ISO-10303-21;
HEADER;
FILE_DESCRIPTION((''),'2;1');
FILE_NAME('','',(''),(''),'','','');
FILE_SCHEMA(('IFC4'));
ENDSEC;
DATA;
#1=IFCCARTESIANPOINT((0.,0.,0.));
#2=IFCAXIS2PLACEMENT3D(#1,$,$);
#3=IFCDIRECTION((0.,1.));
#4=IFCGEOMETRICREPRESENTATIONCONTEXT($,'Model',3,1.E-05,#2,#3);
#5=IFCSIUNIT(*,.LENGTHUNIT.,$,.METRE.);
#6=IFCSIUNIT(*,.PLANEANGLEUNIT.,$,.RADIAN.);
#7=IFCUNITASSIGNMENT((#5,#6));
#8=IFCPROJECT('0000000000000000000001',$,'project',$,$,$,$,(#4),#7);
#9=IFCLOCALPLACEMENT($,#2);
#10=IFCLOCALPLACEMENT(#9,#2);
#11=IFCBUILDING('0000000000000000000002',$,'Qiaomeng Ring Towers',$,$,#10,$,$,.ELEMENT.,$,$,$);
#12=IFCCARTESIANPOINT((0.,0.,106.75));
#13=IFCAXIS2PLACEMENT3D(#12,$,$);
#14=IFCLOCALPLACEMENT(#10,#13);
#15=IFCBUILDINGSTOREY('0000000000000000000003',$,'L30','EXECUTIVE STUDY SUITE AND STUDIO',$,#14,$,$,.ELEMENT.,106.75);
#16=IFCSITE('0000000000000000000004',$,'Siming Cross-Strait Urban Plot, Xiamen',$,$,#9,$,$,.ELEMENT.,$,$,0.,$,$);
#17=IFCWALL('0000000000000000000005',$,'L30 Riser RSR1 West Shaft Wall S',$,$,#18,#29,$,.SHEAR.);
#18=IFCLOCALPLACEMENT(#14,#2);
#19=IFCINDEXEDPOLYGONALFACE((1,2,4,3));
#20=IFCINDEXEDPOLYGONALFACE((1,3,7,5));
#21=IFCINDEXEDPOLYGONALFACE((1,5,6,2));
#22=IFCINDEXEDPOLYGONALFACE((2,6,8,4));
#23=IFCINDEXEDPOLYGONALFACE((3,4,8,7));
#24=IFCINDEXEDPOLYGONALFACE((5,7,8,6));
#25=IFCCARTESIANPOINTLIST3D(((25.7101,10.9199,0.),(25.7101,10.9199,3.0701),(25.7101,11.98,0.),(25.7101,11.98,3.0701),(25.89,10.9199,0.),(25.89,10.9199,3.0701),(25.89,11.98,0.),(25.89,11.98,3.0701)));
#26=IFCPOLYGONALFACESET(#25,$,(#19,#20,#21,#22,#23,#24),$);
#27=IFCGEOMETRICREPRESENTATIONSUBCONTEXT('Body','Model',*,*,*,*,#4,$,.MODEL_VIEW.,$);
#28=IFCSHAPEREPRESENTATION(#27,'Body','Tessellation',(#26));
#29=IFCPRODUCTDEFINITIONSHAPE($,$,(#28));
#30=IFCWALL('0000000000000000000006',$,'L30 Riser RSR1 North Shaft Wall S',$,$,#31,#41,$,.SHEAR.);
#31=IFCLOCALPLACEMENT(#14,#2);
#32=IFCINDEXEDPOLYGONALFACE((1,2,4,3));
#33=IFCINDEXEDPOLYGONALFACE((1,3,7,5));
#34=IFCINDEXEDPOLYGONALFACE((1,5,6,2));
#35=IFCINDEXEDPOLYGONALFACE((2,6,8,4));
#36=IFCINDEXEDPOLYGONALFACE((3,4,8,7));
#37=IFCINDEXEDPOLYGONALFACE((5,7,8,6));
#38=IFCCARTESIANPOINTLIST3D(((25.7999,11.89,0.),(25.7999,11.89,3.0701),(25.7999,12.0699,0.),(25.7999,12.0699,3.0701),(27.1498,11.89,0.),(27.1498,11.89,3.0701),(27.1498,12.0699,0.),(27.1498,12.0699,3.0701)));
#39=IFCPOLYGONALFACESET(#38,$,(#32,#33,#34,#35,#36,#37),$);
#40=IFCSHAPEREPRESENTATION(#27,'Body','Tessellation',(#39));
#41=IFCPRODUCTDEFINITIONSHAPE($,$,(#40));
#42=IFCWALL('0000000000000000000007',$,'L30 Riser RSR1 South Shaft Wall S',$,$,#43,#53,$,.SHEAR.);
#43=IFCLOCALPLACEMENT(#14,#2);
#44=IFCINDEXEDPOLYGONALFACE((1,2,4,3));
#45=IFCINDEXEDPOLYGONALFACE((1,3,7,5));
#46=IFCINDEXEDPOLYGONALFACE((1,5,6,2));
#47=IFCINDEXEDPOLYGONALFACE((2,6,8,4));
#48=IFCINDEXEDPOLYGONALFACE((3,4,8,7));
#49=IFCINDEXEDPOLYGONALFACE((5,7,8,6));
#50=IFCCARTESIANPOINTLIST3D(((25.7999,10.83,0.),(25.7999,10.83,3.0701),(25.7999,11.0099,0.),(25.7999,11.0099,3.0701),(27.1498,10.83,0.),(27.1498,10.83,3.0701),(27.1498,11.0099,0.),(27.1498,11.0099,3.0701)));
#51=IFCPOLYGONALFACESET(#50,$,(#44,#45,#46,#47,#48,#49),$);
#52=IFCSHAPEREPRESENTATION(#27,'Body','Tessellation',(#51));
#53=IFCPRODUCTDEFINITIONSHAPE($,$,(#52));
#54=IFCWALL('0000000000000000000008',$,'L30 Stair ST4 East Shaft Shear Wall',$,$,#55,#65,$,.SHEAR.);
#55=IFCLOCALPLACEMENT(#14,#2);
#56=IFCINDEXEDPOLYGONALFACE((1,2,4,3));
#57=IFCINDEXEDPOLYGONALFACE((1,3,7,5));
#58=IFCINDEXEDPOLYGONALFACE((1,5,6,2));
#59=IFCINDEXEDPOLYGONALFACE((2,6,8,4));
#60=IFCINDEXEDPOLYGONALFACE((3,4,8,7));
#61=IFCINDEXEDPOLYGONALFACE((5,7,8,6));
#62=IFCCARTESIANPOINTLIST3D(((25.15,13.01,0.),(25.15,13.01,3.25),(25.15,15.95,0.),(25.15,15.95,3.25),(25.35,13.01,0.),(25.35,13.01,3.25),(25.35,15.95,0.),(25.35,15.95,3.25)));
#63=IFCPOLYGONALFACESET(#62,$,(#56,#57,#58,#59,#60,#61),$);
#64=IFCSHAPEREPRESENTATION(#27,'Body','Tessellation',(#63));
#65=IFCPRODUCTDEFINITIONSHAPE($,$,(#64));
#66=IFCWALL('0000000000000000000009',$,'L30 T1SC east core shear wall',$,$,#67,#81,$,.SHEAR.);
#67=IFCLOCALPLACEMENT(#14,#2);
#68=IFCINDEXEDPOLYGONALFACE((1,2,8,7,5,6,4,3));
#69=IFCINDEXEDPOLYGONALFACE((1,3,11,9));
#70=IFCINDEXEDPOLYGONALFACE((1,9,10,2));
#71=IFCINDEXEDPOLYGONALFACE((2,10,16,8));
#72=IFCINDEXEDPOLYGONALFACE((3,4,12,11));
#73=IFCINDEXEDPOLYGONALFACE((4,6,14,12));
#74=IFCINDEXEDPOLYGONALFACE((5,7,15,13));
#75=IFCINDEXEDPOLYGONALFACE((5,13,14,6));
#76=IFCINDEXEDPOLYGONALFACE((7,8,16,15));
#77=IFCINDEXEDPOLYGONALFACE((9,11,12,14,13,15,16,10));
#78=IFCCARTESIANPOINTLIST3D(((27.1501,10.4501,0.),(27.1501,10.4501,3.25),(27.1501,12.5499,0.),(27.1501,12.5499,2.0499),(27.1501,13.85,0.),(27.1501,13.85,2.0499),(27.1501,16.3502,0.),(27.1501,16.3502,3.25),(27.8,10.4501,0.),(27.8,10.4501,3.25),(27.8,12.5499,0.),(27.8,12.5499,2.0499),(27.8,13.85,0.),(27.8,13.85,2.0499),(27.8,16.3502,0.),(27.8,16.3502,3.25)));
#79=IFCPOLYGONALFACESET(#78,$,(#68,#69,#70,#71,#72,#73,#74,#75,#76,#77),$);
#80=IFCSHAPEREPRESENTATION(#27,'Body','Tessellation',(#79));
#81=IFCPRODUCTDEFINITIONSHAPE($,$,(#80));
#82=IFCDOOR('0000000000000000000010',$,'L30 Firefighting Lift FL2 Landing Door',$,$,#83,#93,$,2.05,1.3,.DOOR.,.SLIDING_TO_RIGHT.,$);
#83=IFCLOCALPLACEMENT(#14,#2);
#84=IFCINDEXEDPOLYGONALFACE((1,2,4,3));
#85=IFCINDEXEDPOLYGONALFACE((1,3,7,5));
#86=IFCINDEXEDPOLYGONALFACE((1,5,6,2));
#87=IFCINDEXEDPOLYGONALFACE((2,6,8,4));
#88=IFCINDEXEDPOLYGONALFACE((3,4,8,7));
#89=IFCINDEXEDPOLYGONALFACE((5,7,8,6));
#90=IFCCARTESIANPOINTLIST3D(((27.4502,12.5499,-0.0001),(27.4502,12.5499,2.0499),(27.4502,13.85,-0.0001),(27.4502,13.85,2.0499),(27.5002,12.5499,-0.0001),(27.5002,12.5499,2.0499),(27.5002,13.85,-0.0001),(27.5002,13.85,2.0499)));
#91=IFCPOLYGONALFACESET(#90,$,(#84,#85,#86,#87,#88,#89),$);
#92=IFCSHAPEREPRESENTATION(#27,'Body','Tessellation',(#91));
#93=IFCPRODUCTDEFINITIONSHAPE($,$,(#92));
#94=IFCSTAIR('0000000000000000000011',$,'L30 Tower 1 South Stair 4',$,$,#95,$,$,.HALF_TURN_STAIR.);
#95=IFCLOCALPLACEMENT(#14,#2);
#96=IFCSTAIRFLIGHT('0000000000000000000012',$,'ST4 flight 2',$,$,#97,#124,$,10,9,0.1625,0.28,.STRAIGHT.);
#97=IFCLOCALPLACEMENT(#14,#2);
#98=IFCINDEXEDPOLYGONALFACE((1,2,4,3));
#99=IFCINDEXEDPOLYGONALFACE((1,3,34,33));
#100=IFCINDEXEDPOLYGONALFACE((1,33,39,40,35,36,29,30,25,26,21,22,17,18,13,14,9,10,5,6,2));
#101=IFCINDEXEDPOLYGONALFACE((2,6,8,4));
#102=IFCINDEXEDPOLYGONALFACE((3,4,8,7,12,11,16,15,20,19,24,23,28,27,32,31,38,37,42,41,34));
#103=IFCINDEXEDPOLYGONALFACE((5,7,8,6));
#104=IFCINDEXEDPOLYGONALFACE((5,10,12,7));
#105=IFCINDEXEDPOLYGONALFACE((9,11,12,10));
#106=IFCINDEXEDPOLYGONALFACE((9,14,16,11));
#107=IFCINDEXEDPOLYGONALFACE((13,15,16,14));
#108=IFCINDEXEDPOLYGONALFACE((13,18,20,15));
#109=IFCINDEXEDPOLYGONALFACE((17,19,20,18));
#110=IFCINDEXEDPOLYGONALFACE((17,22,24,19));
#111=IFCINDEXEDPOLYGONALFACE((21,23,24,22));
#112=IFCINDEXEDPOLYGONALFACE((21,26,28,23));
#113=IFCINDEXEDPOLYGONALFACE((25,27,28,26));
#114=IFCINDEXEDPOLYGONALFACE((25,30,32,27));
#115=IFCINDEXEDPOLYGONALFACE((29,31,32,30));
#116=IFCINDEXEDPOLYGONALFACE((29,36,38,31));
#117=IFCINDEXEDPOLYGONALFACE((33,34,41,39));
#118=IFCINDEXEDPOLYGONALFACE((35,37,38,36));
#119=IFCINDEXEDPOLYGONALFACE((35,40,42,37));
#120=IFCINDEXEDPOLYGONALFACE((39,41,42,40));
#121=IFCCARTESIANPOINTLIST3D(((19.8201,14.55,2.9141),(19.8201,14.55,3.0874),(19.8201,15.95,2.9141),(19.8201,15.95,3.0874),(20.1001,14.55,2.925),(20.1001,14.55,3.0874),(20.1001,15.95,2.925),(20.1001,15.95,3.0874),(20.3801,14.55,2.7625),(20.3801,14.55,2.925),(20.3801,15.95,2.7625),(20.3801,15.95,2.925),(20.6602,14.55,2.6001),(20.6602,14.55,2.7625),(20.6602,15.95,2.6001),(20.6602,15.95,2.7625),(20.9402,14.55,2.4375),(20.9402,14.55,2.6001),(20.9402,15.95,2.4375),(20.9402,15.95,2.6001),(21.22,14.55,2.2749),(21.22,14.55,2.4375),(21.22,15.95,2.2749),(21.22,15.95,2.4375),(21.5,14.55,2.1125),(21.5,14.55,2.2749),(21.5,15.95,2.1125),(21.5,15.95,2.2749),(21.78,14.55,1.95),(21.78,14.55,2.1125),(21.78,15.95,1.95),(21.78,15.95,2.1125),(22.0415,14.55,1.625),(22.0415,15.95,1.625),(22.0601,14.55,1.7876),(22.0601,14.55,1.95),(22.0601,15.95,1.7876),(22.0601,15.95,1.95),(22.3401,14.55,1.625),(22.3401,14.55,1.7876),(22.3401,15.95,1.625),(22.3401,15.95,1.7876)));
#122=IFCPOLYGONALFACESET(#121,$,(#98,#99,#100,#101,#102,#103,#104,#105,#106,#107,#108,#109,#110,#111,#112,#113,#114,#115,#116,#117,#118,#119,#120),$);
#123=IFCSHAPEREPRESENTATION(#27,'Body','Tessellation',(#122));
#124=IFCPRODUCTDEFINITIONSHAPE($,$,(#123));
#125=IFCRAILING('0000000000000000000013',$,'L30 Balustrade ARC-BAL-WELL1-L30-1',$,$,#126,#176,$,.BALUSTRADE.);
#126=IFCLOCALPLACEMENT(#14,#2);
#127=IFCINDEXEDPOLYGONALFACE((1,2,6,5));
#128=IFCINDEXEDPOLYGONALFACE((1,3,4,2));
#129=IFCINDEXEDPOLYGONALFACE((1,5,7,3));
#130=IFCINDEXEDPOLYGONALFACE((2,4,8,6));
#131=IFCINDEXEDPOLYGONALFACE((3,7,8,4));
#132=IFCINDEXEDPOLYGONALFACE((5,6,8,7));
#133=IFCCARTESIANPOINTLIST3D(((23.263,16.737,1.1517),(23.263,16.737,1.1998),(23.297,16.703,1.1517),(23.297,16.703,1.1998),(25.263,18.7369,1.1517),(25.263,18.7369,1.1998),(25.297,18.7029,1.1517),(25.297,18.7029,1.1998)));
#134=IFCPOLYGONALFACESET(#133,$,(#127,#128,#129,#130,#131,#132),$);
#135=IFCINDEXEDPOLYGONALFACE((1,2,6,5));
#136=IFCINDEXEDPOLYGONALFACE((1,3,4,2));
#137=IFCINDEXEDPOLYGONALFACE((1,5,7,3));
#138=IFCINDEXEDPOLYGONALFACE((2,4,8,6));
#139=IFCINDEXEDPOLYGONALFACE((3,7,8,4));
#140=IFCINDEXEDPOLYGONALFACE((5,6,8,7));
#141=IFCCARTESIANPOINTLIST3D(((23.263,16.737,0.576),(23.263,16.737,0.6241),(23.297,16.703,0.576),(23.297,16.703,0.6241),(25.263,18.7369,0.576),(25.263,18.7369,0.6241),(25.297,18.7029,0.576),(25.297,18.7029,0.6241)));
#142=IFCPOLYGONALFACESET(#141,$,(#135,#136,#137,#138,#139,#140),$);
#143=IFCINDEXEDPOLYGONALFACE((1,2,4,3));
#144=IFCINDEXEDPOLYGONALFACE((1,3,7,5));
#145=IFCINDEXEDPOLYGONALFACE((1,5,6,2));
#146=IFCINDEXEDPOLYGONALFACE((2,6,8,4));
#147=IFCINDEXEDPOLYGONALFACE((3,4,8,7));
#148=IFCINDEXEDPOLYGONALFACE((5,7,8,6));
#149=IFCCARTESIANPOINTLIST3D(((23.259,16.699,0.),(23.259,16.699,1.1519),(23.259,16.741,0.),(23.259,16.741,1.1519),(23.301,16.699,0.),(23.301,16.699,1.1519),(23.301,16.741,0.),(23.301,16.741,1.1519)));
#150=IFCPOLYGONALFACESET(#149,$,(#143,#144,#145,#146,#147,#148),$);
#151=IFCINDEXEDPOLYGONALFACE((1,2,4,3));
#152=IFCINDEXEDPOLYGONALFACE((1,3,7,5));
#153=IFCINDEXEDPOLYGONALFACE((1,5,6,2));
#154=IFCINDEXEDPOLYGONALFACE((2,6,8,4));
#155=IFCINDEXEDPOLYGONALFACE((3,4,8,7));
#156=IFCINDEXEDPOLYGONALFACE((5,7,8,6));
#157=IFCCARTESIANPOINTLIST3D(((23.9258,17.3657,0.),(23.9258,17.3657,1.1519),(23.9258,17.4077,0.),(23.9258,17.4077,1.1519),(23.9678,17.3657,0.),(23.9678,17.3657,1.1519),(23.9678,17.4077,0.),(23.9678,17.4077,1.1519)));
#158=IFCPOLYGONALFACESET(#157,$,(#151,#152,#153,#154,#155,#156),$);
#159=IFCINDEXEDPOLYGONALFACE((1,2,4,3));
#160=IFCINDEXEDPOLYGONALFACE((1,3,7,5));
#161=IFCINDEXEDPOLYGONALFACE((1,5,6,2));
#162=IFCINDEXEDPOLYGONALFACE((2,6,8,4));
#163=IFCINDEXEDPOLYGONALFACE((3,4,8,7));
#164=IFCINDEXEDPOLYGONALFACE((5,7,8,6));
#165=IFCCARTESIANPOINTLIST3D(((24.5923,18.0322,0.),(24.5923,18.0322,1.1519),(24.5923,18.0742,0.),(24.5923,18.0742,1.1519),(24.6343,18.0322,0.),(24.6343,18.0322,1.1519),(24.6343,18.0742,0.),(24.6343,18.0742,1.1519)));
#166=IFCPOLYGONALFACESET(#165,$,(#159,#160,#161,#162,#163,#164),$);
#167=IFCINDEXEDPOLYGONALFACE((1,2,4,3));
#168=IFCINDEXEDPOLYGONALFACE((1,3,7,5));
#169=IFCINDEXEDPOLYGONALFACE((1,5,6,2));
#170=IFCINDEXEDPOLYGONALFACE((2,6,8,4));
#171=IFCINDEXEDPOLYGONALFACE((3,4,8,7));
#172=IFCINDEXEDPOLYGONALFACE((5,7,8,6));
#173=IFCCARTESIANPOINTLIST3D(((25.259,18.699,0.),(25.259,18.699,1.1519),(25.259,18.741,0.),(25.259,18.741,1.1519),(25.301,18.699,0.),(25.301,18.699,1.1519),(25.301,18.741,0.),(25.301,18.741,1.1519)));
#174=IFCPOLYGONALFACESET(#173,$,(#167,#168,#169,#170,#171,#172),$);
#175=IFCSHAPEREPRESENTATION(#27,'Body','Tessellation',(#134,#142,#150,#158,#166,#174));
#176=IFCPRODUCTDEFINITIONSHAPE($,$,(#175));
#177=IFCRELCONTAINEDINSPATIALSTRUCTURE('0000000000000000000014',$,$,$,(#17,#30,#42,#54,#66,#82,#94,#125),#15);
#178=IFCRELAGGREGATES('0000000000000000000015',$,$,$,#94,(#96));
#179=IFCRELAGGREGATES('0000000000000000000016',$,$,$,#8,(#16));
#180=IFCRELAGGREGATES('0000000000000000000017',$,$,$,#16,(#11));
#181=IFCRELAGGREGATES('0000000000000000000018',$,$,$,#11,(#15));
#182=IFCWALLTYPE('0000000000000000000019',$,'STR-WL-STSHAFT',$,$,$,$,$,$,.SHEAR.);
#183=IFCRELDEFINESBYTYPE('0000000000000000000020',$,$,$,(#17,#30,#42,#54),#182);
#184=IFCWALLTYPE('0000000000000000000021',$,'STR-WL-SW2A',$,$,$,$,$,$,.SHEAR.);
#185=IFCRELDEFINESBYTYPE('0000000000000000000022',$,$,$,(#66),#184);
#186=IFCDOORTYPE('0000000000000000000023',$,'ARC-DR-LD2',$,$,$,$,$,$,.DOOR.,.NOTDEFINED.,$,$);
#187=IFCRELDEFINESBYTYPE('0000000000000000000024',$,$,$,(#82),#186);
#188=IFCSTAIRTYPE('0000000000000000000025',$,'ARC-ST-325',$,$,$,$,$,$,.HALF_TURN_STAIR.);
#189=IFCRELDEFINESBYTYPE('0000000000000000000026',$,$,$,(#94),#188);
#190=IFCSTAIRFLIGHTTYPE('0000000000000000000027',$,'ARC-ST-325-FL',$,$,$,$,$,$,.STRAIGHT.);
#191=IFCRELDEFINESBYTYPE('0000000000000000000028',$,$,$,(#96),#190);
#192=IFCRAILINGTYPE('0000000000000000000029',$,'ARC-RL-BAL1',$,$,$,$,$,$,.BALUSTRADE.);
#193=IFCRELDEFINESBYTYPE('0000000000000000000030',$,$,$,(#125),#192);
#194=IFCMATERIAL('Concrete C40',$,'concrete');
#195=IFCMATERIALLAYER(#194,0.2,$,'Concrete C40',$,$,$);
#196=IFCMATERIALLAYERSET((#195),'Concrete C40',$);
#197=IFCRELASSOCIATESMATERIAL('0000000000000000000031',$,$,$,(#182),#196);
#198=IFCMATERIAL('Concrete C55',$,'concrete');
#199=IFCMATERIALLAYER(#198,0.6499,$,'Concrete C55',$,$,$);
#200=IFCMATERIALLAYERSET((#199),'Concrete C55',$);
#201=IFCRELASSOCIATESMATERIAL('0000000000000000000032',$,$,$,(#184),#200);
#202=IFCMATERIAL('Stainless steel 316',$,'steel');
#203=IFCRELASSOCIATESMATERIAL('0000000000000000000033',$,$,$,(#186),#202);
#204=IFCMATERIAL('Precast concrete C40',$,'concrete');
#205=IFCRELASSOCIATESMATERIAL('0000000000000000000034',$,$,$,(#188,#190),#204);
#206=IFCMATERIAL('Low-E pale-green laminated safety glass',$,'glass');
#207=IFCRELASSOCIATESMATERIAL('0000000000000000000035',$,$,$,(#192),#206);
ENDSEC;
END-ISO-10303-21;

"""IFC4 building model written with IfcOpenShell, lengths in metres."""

from ifc_helpers import new_model, si_unit, direction, frame, frame_2d, origin, origin_2d, place, context, subcontext, project, spatial, polyline, rectangle, outline, extrude, source, transform, mapped, material, layer, layer_set, type_object, element, fill, aggregate, save


model = new_model("IFC4")

# Units and contexts
model_context = context("Model", 3, precision=1e-05, world=origin(), true_north=direction((0.0, 1.0)))
body_context = subcontext(model_context, "Body", "Model", "MODEL_VIEW")
ifc_project = project(units=[si_unit("LENGTHUNIT", "METRE"), si_unit("PLANEANGLEUNIT", "RADIAN")], contexts=[model_context])

# Site, building, storey
site_placement = place(None, origin())
site = spatial("IfcSite", under=ifc_project, at=site_placement, Name="Siming Cross-Strait Urban Plot, Xiamen", CompositionType="ELEMENT", RefElevation=0.0)
building_placement = place(site_placement, origin())
building = spatial("IfcBuilding", under=site, at=building_placement, Name="Qiaomeng Ring Towers", CompositionType="ELEMENT")
storey_placement = place(building_placement, frame((0.0, 0.0, 106.75)))
storey = spatial("IfcBuildingStorey", under=building, at=storey_placement, Name="L30", Description="EXECUTIVE STUDY SUITE AND STUDIO", CompositionType="ELEMENT", Elevation=106.75)

# Shared definitions
ifc_material_1 = material(Name="Concrete C55", Category="concrete")

# Walls
ifc_material_2 = material(Name="Concrete C40", Category="concrete")
ifc_layer_1 = layer(ifc_material_2, 0.2, Name="Concrete C40")
ifc_layer_set_1 = layer_set([ifc_layer_1], Name="Concrete C40")
wall_type_1 = type_object("IfcWallType", Name="STR-WL-STSHAFT", PredefinedType="SHEAR", material=ifc_layer_set_1)
wall_1_placement = place(storey_placement, frame((25.8, 10.9199, 0.0), z_axis=(0.0, 0.0, 1.0), x_axis=(0.0, 1.0, 0.0)))
element("IfcWall", 1, at=wall_1_placement, inside=storey, type_object=wall_type_1, Name="L30 Riser RSR1 West Shaft Wall S", PredefinedType="SHEAR", context=body_context, shape_type="SweptSolid", body=[
    extrude(rectangle(XDim=1.0601, YDim=0.1799, at=frame_2d((0.53, 0.0))), origin(), (0.0, 0.0, 1.0), 3.0701),
])
for number, where, z_axis, x_axis, name in (
    (2, (25.8, 11.98, 0.0), (0.0, 0.0, 1.0), (1.0, 0.0, 0.0), "L30 Riser RSR1 North Shaft Wall S"),
    (3, (25.8, 10.9199, 0.0), (0.0, 0.0, 1.0), (1.0, 0.0, 0.0), "L30 Riser RSR1 South Shaft Wall S"),
):
    element("IfcWall", number, at=place(storey_placement, frame(where, z_axis=z_axis, x_axis=x_axis)), inside=storey, type_object=wall_type_1, Name=name, PredefinedType="SHEAR", context=body_context, shape_type="SweptSolid", body=[
        extrude(rectangle(XDim=1.3499, YDim=0.1799, at=frame_2d((0.6748, 0.0))), origin(), (0.0, 0.0, 1.0), 3.0701),
    ])
wall_2_placement = place(storey_placement, frame((25.25, 13.01, 0.0), z_axis=(0.0, 0.0, 1.0), x_axis=(0.0, 1.0, 0.0)))
element("IfcWall", 4, at=wall_2_placement, inside=storey, type_object=wall_type_1, Name="L30 Stair ST4 East Shaft Shear Wall", PredefinedType="SHEAR", context=body_context, shape_type="SweptSolid", body=[
    extrude(rectangle(XDim=2.9399, YDim=0.2, at=frame_2d((1.47, 0.0))), origin(), (0.0, 0.0, 1.0), 3.25),
])

# Wall, opening, door
ifc_layer_2 = layer(ifc_material_1, 0.6499, Name="Concrete C55")
ifc_layer_set_2 = layer_set([ifc_layer_2], Name="Concrete C55")
wall_type_2 = type_object("IfcWallType", Name="STR-WL-SW2A", PredefinedType="SHEAR", material=ifc_layer_set_2)
wall_3_placement = place(storey_placement, frame((27.4751, 10.45, 0.0), z_axis=(0.0, 0.0, 1.0), x_axis=(0.0, 1.0, 0.0)))
wall_3 = element("IfcWall", 5, at=wall_3_placement, inside=storey, type_object=wall_type_2, Name="L30 T1SC east core shear wall", PredefinedType="SHEAR", context=body_context, shape_type="SweptSolid", body=[
    extrude(rectangle(XDim=5.9001, YDim=0.6499, at=frame_2d((2.9502, 0.0))), origin(), (0.0, 0.0, 1.0), 3.25),
])
opening_placement = place(wall_3_placement, frame((2.1001, 0.0, 0.0)))
opening = element("IfcOpeningElement", 6, at=opening_placement, cuts=wall_3, PredefinedType="OPENING", context=body_context, shape_type="SweptSolid", body=[
    extrude(rectangle(XDim=1.3, YDim=2.05, at=frame_2d((0.6499, 1.0249))), frame((0.0, 0.335, 0.0), z_axis=(0.0, -1.0, 0.0), x_axis=(1.0, 0.0, 0.0)), (0.0, 0.0, 1.0), 0.6699),
])
ifc_material_3 = material(Name="Stainless steel 316", Category="steel")
door_type = type_object("IfcDoorType", Name="ARC-DR-LD2", OperationType="NOTDEFINED", PredefinedType="DOOR", material=ifc_material_3)
shared_shape_1 = source(origin(), body_context, "Body", "SweptSolid", [
    extrude(rectangle(XDim=1.3, YDim=2.05, at=frame_2d((0.6499, 1.0249))), frame((0.0, 0.0249, 0.0), z_axis=(0.0, -1.0, 0.0), x_axis=(1.0, 0.0, 0.0)), (0.0, 0.0, 1.0), 0.05),
])
door_placement = place(opening_placement, origin())
door = element("IfcDoor", 7, at=door_placement, inside=storey, type_object=door_type, Name="L30 Firefighting Lift FL2 Landing Door", OperationType="SLIDING_TO_RIGHT", OverallHeight=2.05, OverallWidth=1.3, PredefinedType="DOOR", context=body_context, shape_type="MappedRepresentation", body=[
    mapped(shared_shape_1, transform((0.0, 0.0, 0.0), x_axis=(1.0, 0.0, 0.0), y_axis=(0.0, 1.0, 0.0), z_axis=(0.0, 0.0, 1.0), scale=1.0)),
])
fill(opening, door)

# Stair, stair flight
ifc_material_4 = material(Name="Precast concrete C40", Category="concrete")
stair_type = type_object("IfcStairType", Name="ARC-ST-325", PredefinedType="HALF_TURN_STAIR", material=ifc_material_4)
stair_placement = place(storey_placement, origin())
stair = element("IfcStair", 8, at=stair_placement, inside=storey, type_object=stair_type, Name="L30 Tower 1 South Stair 4", PredefinedType="HALF_TURN_STAIR")
stair_flight_type = type_object("IfcStairFlightType", Name="ARC-ST-325-FL", PredefinedType="STRAIGHT", material=ifc_material_4)
shared_shape_2 = source(origin(), body_context, "Body", "SweptSolid", [
    extrude(outline(polyline([(0.0, 0.0), (0.0, 0.1626), (0.28, 0.1626), (0.28, 0.325), (0.5601, 0.325), (0.5601, 0.4875), (0.8401, 0.4875), (0.8401, 0.6499), (1.1201, 0.6499), (1.1201, 0.8125), (1.3999, 0.8125), (1.3999, 0.9751), (1.6799, 0.9751), (1.6799, 1.1375), (1.96, 1.1375), (1.96, 1.3), (2.24, 1.3), (2.24, 1.4624), (2.52, 1.4624), (2.52, 1.625), (2.52, 1.2891), (0.2986, 0.0), (0.0, 0.0)])), frame((0.0, 0.7, 0.0), z_axis=(0.0, -1.0, 0.0), x_axis=(1.0, 0.0, 0.0)), (0.0, 0.0, 1.0), 1.3999),
])
stair_flight_placement = place(storey_placement, frame((22.3401, 15.25, 1.625), z_axis=(0.0, 0.0, 1.0), x_axis=(-1.0, 0.0, 0.0)))
stair_flight = element("IfcStairFlight", 9, at=stair_flight_placement, type_object=stair_flight_type, Name="ST4 flight 2", NumberOfRisers=10, NumberOfTreads=9, PredefinedType="STRAIGHT", RiserHeight=0.1625, TreadLength=0.28, context=body_context, shape_type="MappedRepresentation", body=[
    mapped(shared_shape_2, transform((0.0, 0.0, 0.0), x_axis=(1.0, 0.0, 0.0), y_axis=(0.0, 1.0, 0.0), z_axis=(0.0, 0.0, 1.0), scale=1.0)),
])
aggregate(stair, [stair_flight])

# Railing
ifc_material_5 = material(Name="Low-E pale-green laminated safety glass", Category="glass")
railing_type_1 = type_object("IfcRailingType", Name="ARC-RL-BAL1", PredefinedType="BALUSTRADE", material=ifc_material_5)
railing_1_placement = place(storey_placement, frame((23.28, 16.72, 0.0)))
element("IfcRailing", 10, at=railing_1_placement, inside=storey, type_object=railing_type_1, Name="L30 Balustrade ARC-BAL-WELL1-L30-1", PredefinedType="BALUSTRADE", context=body_context, shape_type="SweptSolid", body=[
    extrude(rectangle(XDim=0.0481, YDim=0.0481, at=origin_2d()), frame((0.0, 0.0, 1.1758), z_axis=(0.707107, 0.707107, 0.0), x_axis=(-0.707107, 0.707107, 0.0)), (0.0, 0.0, 1.0), 2.8284),
    extrude(rectangle(XDim=0.0481, YDim=0.0481, at=origin_2d()), frame((0.0, 0.0, 0.6001), z_axis=(0.707107, 0.707107, 0.0), x_axis=(-0.707107, 0.707107, 0.0)), (0.0, 0.0, 1.0), 2.8284),
    extrude(rectangle(XDim=0.042, YDim=0.042, at=origin_2d()), origin(), (0.0, 0.0, 1.0), 1.1519),
    extrude(rectangle(XDim=0.042, YDim=0.042, at=origin_2d()), frame((0.6667, 0.6667, 0.0)), (0.0, 0.0, 1.0), 1.1519),
    extrude(rectangle(XDim=0.042, YDim=0.042, at=origin_2d()), frame((1.3333, 1.3333, 0.0)), (0.0, 0.0, 1.0), 1.1519),
    extrude(rectangle(XDim=0.042, YDim=0.042, at=origin_2d()), frame((2.0, 2.0, 0.0)), (0.0, 0.0, 1.0), 1.1519),
])

save(model, "model.ifc")
